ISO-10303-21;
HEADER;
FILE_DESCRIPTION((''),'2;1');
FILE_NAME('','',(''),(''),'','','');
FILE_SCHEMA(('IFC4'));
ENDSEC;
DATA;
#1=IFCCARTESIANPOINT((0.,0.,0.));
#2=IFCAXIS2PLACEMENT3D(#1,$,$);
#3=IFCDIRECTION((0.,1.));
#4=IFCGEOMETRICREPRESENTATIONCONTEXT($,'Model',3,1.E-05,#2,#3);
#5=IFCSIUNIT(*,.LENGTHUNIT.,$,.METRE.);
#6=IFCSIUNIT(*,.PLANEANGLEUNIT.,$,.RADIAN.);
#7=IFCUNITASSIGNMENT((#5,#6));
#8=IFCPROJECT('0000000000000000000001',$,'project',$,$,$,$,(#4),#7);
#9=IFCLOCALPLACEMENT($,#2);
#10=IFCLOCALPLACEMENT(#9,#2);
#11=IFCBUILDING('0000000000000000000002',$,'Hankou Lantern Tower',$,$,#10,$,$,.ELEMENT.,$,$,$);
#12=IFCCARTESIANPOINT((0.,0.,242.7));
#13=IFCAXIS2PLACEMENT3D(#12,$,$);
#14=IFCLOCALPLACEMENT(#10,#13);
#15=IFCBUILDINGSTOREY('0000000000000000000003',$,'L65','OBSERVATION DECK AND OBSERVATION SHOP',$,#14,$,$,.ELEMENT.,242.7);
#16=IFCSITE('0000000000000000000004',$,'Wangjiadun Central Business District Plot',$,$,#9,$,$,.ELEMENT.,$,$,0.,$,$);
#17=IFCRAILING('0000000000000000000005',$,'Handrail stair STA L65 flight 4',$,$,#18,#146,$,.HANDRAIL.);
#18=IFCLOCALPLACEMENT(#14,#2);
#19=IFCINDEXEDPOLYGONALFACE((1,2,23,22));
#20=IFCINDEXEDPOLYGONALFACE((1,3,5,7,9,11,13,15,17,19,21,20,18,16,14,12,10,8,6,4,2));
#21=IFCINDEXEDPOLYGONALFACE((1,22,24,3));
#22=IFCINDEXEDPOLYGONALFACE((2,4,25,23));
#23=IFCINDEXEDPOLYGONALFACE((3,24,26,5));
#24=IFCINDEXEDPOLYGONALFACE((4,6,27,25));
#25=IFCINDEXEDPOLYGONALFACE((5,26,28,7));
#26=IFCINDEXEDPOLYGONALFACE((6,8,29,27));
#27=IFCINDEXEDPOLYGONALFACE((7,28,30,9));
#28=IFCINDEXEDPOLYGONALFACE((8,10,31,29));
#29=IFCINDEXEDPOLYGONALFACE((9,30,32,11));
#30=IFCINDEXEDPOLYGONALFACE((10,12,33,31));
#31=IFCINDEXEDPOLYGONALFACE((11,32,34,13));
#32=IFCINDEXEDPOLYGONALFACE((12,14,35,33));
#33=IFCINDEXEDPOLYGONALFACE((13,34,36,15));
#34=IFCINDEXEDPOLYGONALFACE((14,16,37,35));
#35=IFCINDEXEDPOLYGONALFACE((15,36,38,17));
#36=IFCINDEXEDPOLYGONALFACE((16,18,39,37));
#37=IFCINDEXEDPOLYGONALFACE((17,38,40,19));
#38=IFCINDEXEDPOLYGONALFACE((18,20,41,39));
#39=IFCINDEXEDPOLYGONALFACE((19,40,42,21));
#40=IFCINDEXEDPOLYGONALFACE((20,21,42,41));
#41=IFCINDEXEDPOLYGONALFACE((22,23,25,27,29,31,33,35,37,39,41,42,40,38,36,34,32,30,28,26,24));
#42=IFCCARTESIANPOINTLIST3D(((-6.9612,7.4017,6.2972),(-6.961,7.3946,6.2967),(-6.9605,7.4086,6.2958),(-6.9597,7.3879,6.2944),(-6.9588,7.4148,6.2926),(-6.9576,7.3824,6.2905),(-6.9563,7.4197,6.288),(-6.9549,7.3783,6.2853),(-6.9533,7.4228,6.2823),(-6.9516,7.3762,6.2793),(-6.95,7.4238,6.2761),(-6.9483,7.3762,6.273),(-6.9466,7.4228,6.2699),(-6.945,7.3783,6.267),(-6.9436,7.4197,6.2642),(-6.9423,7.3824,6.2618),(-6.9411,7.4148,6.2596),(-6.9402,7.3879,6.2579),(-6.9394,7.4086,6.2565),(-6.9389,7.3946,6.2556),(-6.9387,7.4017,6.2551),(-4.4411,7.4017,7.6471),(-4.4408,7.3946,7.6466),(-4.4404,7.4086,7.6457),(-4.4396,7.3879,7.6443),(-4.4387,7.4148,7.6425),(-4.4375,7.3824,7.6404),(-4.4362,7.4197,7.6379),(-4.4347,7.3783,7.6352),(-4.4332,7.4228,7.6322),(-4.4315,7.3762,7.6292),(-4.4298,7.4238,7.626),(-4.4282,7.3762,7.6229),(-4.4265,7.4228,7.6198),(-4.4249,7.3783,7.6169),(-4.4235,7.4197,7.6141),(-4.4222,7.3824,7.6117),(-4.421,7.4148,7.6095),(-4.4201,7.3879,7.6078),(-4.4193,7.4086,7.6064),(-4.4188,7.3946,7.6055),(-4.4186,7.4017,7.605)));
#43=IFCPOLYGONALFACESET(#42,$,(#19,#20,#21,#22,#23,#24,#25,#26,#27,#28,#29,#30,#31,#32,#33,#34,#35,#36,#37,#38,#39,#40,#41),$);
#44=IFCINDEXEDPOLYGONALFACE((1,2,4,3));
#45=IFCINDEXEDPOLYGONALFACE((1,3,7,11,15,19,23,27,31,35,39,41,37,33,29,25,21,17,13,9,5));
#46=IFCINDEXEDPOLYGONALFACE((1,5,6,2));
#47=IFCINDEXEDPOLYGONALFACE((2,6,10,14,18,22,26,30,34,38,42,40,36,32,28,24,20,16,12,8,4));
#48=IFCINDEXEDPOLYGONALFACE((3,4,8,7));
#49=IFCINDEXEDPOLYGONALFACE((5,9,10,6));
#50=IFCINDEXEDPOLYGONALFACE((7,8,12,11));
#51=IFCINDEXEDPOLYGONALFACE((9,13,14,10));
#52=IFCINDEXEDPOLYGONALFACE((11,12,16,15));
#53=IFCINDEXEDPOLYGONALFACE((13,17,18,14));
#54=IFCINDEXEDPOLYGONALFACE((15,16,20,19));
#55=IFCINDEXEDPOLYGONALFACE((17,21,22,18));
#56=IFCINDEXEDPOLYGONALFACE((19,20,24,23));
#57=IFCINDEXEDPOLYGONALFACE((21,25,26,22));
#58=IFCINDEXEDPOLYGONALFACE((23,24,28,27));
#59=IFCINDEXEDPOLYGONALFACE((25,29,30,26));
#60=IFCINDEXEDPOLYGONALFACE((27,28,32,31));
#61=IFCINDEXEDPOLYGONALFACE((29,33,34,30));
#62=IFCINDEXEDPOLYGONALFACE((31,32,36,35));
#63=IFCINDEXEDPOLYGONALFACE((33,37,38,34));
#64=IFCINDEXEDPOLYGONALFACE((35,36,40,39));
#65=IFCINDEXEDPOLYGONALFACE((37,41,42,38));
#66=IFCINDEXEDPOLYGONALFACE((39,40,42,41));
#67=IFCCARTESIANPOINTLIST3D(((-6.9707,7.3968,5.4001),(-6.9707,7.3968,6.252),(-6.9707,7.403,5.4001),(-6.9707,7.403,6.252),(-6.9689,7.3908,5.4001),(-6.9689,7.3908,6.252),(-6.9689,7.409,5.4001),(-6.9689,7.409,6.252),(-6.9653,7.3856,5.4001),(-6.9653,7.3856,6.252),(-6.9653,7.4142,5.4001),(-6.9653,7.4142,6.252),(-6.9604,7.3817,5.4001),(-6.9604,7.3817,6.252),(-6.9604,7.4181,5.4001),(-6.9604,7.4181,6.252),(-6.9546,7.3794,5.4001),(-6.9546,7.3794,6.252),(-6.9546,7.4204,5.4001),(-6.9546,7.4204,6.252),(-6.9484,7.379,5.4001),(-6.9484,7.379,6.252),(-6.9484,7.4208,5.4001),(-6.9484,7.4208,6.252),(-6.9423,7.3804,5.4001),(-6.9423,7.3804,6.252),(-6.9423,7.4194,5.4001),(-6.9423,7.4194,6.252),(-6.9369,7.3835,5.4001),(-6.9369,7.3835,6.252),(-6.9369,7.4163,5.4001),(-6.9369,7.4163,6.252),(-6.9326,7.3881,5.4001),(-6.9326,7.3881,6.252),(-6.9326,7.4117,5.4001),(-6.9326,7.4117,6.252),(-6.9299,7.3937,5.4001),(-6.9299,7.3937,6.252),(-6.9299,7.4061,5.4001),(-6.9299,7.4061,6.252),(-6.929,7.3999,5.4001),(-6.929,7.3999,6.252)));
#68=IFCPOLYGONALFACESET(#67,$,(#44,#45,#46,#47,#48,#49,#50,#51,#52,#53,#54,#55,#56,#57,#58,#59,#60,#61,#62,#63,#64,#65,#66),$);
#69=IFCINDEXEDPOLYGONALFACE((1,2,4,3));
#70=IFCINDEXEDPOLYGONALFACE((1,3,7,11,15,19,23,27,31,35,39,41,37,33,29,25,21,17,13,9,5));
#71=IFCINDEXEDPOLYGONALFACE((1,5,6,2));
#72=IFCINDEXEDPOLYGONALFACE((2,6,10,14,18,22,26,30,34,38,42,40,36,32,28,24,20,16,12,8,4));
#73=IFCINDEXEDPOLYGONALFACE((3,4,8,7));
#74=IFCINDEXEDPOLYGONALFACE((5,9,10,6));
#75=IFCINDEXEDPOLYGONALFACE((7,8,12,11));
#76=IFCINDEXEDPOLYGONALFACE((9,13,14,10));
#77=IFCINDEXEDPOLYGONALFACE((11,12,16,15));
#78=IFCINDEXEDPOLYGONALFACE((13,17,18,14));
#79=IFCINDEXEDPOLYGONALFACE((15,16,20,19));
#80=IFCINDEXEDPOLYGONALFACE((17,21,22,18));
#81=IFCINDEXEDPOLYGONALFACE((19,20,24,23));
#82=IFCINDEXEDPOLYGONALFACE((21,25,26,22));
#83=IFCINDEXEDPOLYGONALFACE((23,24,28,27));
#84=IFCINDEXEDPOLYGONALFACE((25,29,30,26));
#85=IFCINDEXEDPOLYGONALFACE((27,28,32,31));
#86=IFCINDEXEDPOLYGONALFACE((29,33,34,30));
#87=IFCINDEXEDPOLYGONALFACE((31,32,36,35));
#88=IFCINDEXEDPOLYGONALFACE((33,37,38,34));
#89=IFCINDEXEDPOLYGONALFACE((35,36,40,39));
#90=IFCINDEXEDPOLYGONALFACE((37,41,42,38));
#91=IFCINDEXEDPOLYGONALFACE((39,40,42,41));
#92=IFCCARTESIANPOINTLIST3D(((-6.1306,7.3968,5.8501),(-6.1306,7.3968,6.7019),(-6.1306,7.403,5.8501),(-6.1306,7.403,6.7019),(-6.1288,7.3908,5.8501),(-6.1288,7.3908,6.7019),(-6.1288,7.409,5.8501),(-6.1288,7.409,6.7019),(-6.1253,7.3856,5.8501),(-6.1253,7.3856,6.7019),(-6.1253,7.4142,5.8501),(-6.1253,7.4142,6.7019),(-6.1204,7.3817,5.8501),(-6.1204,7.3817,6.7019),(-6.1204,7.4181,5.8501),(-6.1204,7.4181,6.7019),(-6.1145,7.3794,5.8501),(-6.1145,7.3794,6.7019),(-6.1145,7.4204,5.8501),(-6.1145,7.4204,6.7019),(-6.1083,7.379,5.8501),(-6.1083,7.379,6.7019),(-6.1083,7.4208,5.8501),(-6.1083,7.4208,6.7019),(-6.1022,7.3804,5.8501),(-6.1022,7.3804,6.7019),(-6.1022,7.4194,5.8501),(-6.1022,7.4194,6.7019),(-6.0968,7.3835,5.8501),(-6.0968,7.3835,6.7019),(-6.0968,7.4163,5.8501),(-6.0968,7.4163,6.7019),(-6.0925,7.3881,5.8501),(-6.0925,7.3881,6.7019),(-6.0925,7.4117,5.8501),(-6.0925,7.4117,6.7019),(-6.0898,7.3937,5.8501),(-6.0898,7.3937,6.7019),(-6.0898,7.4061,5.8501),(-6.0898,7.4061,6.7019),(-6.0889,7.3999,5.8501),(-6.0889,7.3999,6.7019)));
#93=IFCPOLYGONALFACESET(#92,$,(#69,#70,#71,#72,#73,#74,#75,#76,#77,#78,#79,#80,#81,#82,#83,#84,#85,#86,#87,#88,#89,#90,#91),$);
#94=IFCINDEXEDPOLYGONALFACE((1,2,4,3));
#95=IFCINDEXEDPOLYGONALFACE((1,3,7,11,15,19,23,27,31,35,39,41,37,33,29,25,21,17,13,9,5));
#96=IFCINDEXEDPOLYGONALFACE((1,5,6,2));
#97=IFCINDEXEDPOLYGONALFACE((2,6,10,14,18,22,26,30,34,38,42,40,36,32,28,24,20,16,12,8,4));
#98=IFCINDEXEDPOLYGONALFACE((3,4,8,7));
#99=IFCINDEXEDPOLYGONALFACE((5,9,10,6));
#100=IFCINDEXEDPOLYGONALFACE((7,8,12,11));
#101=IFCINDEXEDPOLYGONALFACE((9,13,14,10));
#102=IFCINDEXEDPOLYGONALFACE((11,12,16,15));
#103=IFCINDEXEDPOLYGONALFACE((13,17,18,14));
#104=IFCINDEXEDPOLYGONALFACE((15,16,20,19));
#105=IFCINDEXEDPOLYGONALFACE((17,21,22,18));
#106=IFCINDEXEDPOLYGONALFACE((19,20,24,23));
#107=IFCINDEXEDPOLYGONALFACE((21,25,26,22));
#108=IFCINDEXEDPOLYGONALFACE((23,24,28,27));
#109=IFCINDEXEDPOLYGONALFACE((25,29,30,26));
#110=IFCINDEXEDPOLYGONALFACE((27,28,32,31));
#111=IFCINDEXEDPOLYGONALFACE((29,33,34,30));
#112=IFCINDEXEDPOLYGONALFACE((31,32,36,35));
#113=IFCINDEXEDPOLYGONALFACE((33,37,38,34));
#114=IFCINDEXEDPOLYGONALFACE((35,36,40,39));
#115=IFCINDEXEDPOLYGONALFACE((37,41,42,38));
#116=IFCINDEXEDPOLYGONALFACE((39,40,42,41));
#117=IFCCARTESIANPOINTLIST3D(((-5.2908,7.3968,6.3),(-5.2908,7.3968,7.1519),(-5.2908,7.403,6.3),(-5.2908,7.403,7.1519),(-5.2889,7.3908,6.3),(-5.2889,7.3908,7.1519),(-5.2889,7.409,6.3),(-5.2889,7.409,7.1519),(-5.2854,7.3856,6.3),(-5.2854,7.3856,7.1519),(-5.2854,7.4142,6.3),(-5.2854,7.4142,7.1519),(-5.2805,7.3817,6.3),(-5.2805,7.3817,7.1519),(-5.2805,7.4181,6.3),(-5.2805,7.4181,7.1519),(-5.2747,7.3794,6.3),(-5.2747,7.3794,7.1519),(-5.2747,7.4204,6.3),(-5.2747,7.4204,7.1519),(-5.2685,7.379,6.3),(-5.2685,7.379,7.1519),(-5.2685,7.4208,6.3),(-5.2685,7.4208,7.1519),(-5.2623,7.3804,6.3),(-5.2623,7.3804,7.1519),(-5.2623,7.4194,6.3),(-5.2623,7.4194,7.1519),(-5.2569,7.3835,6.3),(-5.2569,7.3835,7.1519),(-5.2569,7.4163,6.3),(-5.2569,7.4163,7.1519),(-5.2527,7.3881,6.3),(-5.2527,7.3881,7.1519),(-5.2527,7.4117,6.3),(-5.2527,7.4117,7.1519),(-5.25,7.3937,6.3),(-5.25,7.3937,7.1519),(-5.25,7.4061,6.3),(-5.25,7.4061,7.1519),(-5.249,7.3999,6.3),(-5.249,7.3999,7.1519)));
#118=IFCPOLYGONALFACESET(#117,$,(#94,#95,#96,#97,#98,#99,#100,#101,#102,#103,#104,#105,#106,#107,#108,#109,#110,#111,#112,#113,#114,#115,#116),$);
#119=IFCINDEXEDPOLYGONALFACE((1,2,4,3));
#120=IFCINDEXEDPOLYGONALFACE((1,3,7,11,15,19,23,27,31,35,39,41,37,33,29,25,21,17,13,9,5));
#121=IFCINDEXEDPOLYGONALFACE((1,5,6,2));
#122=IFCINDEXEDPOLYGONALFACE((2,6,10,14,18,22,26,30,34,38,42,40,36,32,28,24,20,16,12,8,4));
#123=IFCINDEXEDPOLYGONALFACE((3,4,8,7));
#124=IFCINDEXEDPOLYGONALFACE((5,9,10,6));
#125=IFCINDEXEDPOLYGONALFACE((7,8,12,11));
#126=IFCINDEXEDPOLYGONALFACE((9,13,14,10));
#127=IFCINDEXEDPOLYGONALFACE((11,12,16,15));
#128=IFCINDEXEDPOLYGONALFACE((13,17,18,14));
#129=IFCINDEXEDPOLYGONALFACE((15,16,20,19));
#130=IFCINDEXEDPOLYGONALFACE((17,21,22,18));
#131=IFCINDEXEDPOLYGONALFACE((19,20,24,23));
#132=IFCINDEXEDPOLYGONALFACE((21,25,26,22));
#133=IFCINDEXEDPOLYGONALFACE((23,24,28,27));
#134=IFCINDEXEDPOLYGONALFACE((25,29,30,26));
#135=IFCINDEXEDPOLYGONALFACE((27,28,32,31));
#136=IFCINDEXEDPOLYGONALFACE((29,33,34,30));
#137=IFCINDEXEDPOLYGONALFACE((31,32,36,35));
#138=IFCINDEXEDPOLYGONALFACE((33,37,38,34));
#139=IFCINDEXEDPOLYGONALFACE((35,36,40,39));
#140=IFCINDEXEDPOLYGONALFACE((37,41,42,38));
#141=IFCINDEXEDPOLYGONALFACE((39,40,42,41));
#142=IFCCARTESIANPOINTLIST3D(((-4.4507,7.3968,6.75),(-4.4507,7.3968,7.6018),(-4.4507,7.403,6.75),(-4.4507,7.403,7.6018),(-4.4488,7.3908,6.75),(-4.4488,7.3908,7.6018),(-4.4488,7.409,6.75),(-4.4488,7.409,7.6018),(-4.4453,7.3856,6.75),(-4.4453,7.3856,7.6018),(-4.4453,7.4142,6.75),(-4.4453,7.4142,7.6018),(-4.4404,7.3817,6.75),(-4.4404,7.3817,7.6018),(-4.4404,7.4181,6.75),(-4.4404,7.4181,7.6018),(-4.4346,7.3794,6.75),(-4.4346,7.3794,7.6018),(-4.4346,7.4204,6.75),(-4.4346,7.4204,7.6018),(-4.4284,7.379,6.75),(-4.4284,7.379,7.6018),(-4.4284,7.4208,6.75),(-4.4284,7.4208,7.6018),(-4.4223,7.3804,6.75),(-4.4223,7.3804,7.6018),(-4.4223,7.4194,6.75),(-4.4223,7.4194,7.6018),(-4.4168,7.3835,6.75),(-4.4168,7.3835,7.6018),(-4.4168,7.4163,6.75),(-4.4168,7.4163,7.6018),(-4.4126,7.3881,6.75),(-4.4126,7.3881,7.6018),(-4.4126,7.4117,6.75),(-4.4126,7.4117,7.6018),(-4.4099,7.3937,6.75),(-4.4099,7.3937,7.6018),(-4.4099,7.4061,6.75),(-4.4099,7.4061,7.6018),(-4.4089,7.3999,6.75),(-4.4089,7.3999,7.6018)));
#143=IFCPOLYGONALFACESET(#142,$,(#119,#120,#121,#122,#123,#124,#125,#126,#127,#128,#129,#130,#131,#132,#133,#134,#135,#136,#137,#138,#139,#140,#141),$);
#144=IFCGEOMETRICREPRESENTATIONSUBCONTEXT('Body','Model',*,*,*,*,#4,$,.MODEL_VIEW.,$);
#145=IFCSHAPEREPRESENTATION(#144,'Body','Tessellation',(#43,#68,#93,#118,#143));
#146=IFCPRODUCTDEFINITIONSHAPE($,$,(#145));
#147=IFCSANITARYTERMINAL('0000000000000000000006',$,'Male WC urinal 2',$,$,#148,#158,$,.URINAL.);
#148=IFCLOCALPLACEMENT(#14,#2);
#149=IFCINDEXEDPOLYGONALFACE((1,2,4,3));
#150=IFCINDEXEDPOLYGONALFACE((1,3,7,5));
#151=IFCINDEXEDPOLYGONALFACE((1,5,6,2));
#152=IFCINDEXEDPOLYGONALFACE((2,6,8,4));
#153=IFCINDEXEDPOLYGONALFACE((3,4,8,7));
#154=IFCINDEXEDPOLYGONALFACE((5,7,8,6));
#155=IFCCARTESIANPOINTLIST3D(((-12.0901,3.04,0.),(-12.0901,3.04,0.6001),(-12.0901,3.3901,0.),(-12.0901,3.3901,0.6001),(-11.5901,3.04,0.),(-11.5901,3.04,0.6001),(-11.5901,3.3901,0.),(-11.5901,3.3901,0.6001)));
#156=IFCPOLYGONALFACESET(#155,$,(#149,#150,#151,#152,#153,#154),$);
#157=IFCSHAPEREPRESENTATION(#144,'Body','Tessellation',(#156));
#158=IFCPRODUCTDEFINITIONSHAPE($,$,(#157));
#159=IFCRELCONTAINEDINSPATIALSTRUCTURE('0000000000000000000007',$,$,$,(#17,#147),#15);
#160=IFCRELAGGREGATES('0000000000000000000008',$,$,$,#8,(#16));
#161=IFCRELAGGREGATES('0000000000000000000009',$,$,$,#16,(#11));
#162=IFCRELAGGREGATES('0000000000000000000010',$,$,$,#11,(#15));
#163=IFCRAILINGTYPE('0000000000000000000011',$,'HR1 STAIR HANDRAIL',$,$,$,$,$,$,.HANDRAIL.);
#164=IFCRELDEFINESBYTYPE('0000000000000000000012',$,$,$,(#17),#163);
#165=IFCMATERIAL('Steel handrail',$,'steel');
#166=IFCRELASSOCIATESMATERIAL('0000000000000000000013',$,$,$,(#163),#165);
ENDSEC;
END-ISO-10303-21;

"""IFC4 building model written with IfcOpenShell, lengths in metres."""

from ifc_helpers import new_model, si_unit, direction, frame, origin, origin_2d, place, context, subcontext, project, spatial, rectangle, circle, extrude, material, type_object, element, save


model = new_model("IFC4")

# Units and contexts
model_context = context("Model", 3, precision=1e-05, world=origin(), true_north=direction((0.0, 1.0)))
body_context = subcontext(model_context, "Body", "Model", "MODEL_VIEW")
ifc_project = project(units=[si_unit("LENGTHUNIT", "METRE"), si_unit("PLANEANGLEUNIT", "RADIAN")], contexts=[model_context])

# Site, building, storey
site_placement = place(None, origin())
site = spatial("IfcSite", under=ifc_project, at=site_placement, Name="Wangjiadun Central Business District Plot", CompositionType="ELEMENT", RefElevation=0.0)
building_placement = place(site_placement, origin())
building = spatial("IfcBuilding", under=site, at=building_placement, Name="Hankou Lantern Tower", CompositionType="ELEMENT")
storey_placement = place(building_placement, frame((0.0, 0.0, 242.7)))
storey = spatial("IfcBuildingStorey", under=building, at=storey_placement, Name="L65", Description="OBSERVATION DECK AND OBSERVATION SHOP", CompositionType="ELEMENT", Elevation=242.7)

# Railing
ifc_material_1 = material(Name="Steel handrail", Category="steel")
railing_type = type_object("IfcRailingType", Name="HR1 STAIR HANDRAIL", PredefinedType="HANDRAIL", material=ifc_material_1)
railing_1_placement = place(storey_placement, frame((-6.95, 7.3999, 5.4001)))
element("IfcRailing", 1, at=railing_1_placement, inside=storey, type_object=railing_type, Name="Handrail stair STA L65 flight 4", PredefinedType="HANDRAIL", context=body_context, shape_type="SweptSolid", body=[
    extrude(circle(Radius=0.0239, at=origin_2d()), frame((0.0, 0.0, 0.876), z_axis=(0.881503, 0.0, 0.472179), x_axis=(0.0, 1.0, 0.0)), (0.0, 0.0, 1.0), 2.8589),
    extrude(circle(Radius=0.021, at=origin_2d()), origin(), (0.0, 0.0, 1.0), 0.8518),
    extrude(circle(Radius=0.021, at=origin_2d()), frame((0.8401, 0.0, 0.45)), (0.0, 0.0, 1.0), 0.8518),
    extrude(circle(Radius=0.021, at=origin_2d()), frame((1.6799, 0.0, 0.8999)), (0.0, 0.0, 1.0), 0.8518),
    extrude(circle(Radius=0.021, at=origin_2d()), frame((2.52, 0.0, 1.3499)), (0.0, 0.0, 1.0), 0.8518),
])

# Sanitary terminal
sanitary_terminal_placement = place(storey_placement, frame((-11.8401, 3.2151, 0.0), z_axis=(0.0, 0.0, 1.0), x_axis=(1.0, 0.0, 0.0)))
element("IfcSanitaryTerminal", 2, at=sanitary_terminal_placement, inside=storey, Name="Male WC urinal 2", PredefinedType="URINAL", context=body_context, shape_type="SweptSolid", body=[
    extrude(rectangle(XDim=0.5, YDim=0.3501, at=origin_2d()), origin(), (0.0, 0.0, 1.0), 0.6001),
])

save(model, "model.ifc")
